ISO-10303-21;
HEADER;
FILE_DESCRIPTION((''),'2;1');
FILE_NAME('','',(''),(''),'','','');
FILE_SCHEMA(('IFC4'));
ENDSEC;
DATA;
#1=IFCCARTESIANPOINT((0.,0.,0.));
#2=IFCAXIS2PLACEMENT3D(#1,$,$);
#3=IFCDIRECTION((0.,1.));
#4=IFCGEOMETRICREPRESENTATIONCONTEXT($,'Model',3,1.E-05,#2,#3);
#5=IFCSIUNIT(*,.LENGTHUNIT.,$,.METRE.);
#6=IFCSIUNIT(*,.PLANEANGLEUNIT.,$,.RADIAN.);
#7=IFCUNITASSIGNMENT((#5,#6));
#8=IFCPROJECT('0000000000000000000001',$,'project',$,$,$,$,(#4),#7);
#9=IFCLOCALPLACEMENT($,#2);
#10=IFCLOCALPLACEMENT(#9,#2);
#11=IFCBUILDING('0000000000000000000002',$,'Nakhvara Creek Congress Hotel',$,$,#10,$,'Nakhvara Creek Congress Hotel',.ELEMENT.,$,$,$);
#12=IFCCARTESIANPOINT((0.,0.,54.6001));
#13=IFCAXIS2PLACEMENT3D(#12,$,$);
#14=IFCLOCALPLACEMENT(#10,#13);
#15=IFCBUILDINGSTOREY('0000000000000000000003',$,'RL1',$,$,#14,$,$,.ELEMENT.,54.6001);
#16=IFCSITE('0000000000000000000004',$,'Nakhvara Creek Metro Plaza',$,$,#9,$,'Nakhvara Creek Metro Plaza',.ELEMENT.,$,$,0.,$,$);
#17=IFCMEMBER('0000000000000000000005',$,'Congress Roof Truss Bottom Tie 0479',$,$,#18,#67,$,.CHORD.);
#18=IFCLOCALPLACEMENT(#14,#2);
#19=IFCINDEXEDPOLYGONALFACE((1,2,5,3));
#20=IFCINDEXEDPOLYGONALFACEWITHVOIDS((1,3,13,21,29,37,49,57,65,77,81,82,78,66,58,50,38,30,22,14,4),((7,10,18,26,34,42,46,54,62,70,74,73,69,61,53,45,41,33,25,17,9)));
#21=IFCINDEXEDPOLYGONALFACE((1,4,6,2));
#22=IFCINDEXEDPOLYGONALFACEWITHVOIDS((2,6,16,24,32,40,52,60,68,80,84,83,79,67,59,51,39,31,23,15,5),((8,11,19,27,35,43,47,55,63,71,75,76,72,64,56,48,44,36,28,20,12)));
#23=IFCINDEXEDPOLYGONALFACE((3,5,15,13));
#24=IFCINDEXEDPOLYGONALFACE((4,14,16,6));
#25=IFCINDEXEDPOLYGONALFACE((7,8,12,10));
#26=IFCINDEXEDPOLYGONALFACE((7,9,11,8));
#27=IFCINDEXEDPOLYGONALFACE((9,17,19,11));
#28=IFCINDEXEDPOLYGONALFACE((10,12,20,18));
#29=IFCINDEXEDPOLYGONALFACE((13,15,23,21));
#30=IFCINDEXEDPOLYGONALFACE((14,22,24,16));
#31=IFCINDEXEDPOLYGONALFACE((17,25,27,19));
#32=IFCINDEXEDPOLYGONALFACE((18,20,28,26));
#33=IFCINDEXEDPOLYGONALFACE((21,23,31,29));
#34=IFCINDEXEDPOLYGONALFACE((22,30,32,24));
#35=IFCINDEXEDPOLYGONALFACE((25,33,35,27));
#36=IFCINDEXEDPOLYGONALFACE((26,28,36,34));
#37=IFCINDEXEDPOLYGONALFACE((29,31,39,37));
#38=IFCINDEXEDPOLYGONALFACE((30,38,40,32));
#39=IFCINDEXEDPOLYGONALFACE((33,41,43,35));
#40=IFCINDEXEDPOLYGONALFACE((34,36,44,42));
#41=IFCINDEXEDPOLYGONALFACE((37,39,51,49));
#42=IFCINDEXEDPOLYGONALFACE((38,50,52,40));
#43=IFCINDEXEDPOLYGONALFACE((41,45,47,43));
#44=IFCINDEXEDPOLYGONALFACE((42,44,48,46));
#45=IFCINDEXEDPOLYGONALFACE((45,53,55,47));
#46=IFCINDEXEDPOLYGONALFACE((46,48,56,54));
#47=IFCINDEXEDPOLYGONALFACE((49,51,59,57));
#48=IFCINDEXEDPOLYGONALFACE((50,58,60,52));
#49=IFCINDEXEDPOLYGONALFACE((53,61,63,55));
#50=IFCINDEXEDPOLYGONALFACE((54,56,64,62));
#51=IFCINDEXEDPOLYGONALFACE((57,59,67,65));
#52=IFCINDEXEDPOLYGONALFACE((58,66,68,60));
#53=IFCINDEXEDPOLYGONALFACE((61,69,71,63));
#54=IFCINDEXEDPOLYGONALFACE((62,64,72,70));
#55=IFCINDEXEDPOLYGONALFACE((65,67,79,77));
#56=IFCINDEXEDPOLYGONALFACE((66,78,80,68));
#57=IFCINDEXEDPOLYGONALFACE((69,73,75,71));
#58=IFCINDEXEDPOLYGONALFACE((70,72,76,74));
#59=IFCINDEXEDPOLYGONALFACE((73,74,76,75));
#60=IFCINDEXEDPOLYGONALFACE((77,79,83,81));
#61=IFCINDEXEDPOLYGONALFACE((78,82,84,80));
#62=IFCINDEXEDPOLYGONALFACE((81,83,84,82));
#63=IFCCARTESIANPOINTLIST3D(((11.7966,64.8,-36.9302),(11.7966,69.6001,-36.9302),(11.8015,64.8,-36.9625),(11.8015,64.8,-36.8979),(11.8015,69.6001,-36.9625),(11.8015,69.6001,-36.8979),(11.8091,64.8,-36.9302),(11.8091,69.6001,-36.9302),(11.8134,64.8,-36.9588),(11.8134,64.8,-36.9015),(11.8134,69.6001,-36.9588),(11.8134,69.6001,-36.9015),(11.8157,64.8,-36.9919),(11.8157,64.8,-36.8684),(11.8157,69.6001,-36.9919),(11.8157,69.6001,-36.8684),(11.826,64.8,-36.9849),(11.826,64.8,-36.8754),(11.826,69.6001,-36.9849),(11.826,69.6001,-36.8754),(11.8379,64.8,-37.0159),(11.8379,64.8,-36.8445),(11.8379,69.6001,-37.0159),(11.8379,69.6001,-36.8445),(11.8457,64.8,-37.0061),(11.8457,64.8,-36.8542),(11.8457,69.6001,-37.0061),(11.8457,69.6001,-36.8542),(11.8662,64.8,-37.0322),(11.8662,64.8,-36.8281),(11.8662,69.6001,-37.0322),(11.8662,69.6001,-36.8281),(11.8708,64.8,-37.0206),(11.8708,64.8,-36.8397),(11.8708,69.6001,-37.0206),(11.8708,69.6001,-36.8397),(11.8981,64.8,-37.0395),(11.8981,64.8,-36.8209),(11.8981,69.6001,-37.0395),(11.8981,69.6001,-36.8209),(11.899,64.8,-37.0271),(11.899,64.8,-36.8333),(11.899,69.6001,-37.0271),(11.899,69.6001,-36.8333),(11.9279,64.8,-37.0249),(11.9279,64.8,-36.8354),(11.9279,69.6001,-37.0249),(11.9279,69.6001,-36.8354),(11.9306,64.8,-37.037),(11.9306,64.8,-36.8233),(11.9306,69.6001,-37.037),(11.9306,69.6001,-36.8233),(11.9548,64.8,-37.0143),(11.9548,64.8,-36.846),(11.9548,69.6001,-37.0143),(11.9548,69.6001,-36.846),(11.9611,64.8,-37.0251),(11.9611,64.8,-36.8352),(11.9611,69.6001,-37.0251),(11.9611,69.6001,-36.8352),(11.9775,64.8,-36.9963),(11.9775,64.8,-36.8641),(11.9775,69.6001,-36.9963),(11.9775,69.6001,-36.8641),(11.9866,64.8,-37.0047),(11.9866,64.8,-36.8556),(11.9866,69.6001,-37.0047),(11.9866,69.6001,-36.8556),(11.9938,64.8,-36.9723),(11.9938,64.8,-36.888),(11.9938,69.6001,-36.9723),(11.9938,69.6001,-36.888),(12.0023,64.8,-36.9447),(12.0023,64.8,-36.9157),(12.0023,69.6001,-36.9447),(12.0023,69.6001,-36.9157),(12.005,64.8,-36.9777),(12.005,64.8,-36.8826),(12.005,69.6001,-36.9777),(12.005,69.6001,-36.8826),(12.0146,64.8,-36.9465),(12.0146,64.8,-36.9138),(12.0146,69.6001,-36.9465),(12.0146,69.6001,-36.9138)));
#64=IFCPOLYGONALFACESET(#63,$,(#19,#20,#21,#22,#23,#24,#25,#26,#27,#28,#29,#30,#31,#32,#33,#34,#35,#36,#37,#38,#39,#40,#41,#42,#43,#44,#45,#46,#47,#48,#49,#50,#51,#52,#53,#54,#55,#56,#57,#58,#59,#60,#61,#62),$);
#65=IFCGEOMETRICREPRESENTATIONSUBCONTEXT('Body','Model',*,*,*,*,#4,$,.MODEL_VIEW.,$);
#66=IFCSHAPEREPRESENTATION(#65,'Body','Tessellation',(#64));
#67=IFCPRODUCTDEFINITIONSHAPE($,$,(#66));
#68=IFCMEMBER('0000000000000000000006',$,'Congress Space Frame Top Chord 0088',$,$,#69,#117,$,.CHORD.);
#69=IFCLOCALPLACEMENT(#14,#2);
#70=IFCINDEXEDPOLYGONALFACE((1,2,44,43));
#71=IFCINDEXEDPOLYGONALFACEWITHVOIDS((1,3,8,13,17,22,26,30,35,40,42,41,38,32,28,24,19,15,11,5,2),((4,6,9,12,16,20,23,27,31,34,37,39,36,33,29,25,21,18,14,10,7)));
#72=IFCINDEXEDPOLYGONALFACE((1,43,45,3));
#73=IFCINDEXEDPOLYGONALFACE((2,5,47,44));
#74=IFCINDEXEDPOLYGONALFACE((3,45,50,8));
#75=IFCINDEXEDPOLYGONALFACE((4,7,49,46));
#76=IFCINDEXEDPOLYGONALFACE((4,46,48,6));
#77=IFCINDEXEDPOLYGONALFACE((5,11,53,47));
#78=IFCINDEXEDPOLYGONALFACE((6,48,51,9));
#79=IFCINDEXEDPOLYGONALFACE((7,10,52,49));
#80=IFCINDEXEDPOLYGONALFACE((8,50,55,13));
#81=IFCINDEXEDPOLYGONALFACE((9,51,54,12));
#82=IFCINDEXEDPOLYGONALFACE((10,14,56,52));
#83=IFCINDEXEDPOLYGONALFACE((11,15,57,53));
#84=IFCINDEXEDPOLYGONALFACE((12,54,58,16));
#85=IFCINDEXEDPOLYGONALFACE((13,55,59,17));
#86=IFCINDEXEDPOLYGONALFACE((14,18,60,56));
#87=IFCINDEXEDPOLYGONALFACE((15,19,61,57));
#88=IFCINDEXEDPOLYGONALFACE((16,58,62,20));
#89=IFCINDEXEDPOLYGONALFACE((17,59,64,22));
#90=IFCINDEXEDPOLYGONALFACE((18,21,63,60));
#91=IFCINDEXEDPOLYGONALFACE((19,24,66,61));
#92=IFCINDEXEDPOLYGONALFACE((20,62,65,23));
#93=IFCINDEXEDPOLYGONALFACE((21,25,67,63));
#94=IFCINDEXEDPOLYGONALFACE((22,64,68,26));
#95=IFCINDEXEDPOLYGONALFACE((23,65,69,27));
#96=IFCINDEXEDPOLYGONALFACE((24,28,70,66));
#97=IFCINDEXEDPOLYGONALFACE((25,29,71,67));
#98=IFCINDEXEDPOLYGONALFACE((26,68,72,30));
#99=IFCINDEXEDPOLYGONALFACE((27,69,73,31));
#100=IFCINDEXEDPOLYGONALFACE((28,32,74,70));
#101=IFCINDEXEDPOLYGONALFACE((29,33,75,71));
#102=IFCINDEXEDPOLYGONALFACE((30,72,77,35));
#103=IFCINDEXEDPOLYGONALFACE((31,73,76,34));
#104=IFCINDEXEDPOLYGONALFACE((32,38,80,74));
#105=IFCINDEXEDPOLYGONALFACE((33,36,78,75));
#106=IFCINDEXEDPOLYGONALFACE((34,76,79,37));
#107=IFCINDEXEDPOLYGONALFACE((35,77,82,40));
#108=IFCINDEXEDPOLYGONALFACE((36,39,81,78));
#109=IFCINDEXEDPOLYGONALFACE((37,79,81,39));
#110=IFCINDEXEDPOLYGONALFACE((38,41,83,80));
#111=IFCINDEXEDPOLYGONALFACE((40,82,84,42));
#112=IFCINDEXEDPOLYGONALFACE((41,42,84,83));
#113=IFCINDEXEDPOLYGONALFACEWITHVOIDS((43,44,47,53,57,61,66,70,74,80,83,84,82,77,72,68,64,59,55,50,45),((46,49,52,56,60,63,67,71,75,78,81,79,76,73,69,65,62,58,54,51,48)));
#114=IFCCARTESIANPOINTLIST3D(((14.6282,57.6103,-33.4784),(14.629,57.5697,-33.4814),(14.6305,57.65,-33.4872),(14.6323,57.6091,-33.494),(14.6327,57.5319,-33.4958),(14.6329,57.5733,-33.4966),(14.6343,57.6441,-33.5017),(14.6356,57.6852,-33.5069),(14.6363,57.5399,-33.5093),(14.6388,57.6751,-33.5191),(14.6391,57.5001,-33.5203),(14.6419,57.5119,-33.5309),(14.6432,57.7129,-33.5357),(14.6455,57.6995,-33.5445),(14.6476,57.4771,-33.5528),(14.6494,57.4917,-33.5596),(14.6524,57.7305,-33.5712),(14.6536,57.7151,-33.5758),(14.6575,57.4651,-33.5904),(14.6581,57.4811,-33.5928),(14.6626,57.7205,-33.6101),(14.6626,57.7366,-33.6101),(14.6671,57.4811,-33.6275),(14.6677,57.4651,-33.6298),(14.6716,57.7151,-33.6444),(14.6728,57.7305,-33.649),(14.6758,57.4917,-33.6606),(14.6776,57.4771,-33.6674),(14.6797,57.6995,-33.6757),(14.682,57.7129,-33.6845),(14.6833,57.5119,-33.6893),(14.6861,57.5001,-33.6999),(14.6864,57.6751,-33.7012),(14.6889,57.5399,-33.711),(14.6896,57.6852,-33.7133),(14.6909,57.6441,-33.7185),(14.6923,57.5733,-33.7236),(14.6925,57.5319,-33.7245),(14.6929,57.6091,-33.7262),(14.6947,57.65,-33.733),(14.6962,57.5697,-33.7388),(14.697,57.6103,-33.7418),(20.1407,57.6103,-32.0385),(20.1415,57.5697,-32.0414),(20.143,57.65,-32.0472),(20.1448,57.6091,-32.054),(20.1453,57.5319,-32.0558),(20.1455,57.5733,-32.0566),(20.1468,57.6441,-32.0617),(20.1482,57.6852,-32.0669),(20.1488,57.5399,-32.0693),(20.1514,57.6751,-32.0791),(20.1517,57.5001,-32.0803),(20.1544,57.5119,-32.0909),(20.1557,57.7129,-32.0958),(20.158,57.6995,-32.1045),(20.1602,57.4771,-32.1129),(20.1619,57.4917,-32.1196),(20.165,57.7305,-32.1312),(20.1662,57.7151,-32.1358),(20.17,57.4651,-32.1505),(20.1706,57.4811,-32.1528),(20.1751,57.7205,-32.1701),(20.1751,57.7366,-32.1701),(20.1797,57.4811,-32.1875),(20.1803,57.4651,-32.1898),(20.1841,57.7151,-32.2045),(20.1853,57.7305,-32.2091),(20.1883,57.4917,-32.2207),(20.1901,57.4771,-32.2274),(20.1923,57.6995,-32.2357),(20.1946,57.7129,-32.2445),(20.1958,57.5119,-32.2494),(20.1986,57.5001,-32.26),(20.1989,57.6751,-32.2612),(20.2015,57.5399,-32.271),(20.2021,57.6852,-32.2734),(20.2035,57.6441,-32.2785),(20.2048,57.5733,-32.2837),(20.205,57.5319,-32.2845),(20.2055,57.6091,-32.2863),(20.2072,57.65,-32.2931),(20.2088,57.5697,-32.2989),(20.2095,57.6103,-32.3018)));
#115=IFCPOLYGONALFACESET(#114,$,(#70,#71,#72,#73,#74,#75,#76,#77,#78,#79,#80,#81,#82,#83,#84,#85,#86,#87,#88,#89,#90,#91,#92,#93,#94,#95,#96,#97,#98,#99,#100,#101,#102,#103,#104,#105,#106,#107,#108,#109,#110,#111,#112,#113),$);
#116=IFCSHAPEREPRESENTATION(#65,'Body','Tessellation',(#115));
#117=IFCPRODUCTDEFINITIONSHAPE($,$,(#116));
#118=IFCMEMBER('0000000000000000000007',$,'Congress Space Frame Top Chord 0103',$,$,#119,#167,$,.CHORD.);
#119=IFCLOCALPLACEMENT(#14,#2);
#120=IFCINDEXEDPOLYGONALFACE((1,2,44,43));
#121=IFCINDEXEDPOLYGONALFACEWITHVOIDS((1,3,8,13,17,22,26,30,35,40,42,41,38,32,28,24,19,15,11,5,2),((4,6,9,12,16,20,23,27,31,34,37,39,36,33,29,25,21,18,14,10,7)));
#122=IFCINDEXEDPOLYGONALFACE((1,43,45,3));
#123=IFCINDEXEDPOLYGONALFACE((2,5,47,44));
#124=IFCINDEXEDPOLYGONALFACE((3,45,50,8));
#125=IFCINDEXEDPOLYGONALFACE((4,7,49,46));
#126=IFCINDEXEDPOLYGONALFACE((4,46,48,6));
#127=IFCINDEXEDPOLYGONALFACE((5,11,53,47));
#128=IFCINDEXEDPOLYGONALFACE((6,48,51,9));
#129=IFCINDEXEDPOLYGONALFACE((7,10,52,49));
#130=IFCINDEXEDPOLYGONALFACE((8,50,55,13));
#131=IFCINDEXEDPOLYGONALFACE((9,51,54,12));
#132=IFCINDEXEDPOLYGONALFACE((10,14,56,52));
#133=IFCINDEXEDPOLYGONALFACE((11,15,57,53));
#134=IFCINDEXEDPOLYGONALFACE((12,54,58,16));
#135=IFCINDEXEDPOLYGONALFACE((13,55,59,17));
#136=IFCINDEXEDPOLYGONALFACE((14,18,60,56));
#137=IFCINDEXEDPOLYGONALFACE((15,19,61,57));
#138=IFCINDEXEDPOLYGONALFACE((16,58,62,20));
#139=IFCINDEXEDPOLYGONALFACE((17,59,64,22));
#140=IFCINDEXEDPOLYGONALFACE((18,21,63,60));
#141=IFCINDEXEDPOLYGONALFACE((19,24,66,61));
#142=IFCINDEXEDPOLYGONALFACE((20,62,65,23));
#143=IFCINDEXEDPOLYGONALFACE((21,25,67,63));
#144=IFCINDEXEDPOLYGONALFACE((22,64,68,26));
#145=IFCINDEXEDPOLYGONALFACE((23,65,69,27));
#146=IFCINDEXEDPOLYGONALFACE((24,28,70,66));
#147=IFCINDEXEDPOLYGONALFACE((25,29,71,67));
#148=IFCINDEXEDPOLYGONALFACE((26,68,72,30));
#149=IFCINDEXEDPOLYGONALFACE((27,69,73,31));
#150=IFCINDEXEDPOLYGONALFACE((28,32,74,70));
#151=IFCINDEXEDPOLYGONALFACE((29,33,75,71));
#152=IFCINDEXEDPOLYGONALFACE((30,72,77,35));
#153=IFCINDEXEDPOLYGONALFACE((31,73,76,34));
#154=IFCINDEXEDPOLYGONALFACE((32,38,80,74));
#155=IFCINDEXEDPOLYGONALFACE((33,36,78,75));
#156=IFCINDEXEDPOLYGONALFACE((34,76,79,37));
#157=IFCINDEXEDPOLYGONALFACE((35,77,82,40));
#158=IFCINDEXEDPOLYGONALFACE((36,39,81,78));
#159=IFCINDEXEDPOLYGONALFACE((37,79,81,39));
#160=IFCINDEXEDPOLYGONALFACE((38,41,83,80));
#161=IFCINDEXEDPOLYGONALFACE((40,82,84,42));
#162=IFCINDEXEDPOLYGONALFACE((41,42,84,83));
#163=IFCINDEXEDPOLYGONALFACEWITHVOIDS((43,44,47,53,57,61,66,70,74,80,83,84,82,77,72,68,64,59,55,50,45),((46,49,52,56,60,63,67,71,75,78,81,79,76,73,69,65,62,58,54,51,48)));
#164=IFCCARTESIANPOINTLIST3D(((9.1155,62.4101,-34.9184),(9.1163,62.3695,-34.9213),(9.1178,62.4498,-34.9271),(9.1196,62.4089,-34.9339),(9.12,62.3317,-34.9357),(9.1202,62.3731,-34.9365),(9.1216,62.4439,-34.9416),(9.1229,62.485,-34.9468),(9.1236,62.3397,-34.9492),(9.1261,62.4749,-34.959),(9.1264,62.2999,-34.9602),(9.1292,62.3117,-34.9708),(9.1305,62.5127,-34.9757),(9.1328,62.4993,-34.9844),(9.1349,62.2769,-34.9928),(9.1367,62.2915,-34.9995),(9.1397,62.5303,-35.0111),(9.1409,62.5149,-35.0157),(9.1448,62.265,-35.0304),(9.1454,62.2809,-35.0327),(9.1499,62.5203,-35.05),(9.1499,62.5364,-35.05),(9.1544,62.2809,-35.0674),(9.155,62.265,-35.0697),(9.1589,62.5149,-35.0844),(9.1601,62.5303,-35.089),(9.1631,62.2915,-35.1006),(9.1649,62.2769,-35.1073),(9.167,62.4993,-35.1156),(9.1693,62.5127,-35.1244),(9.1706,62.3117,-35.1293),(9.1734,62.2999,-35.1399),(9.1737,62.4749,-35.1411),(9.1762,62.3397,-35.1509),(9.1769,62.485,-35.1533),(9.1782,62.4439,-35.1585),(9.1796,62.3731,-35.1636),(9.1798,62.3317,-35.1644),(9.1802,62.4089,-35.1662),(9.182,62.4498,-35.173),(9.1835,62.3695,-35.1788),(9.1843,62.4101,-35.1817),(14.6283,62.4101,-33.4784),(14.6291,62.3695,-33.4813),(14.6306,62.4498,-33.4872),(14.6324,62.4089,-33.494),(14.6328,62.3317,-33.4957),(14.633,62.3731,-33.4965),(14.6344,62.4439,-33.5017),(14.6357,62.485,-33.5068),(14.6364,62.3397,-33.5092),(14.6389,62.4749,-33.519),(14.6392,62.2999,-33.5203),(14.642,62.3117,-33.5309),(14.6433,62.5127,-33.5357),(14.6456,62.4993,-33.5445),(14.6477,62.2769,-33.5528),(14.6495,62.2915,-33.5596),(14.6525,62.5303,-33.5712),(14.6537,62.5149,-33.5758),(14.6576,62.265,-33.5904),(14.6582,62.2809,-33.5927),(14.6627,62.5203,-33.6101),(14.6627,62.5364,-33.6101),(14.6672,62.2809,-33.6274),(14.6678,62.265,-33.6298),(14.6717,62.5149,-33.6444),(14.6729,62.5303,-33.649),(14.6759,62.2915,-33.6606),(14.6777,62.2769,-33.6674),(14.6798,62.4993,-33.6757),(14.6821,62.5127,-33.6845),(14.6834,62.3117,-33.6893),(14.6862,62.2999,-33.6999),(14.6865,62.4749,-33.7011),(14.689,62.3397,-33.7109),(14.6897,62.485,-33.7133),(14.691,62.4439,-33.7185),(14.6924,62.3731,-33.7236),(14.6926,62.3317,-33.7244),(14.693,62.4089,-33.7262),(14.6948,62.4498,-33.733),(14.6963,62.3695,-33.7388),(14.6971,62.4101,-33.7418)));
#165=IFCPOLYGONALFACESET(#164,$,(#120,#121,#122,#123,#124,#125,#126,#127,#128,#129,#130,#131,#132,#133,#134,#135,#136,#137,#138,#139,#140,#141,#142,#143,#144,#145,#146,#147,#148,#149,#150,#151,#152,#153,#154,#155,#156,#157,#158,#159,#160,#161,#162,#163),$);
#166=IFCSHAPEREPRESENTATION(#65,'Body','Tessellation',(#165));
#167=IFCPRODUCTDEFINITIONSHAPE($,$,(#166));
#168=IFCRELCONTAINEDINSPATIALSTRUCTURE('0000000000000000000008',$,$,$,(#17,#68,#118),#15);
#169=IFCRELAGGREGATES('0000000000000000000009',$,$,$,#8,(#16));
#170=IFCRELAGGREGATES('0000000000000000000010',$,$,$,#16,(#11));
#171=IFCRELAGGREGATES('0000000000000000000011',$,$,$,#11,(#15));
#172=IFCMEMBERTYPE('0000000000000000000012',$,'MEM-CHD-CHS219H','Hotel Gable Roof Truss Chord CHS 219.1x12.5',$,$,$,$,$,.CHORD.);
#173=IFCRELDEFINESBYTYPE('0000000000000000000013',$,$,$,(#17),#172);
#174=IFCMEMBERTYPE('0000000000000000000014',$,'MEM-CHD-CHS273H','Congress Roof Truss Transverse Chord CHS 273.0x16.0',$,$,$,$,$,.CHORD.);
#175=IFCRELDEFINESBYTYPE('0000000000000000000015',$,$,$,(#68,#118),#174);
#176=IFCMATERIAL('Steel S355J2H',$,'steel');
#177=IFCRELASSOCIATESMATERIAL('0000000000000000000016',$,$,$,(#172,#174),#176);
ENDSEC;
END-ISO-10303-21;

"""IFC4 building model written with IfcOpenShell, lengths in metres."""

from ifc_helpers import new_model, si_unit, direction, frame, origin, origin_2d, place, context, subcontext, project, spatial, hollow_circle, extrude, material, material_profile, profile_set, type_object, element, save


model = new_model("IFC4")

# Units and contexts
model_context = context("Model", 3, precision=1e-05, world=origin(), true_north=direction((0.0, 1.0)))
body_context = subcontext(model_context, "Body", "Model", "MODEL_VIEW")
ifc_project = project(units=[si_unit("LENGTHUNIT", "METRE"), si_unit("PLANEANGLEUNIT", "RADIAN")], contexts=[model_context])

# Site, building, storey
site_placement = place(None, origin())
site = spatial("IfcSite", under=ifc_project, at=site_placement, Name="Nakhvara Creek Metro Plaza", LongName="Nakhvara Creek Metro Plaza", CompositionType="ELEMENT", RefElevation=0.0)
building_placement = place(site_placement, origin())
building = spatial("IfcBuilding", under=site, at=building_placement, Name="Nakhvara Creek Congress Hotel", LongName="Nakhvara Creek Congress Hotel", CompositionType="ELEMENT")
storey_placement = place(building_placement, frame((0.0, 0.0, 54.6001)))
storey = spatial("IfcBuildingStorey", under=building, at=storey_placement, Name="RL1", CompositionType="ELEMENT", Elevation=54.6001)

# Members
ifc_material_1 = material(Name="Steel S355J2H", Category="steel")
ifc_material_profile_1 = material_profile(ifc_material_1, hollow_circle(Radius=0.1096, WallThickness=0.0125, at=origin_2d()), Name="CHS 219.1x12.5", Category="LoadBearing")
ifc_profile_set_1 = profile_set([ifc_material_profile_1], Name="Steel S355J2H")
member_type_1 = type_object("IfcMemberType", Name="MEM-CHD-CHS219H", Description="Hotel Gable Roof Truss Chord CHS 219.1x12.5", PredefinedType="CHORD", material=ifc_profile_set_1)
for number, where, z_axis, x_axis, name in (
    (1, (11.9062, 64.8, -36.9302), (0.0, 1.0, 0.0), (-1.0, 0.0, 0.0), "Congress Roof Truss Bottom Tie 0479"),
):
    element("IfcMember", number, at=place(storey_placement, frame(where, z_axis=z_axis, x_axis=x_axis)), inside=storey, type_object=member_type_1, Name=name, PredefinedType="CHORD", context=body_context, shape_type="SweptSolid", body=[
        extrude(hollow_circle(Radius=0.1096, WallThickness=0.0125, at=origin_2d()), origin(), (0.0, 0.0, 1.0), 4.8),
    ])
ifc_material_profile_2 = material_profile(ifc_material_1, hollow_circle(Radius=0.1365, WallThickness=0.0161, at=origin_2d()), Name="CHS 273.0x16.0", Category="LoadBearing")
ifc_profile_set_2 = profile_set([ifc_material_profile_2], Name="Steel S355J2H")
member_type_2 = type_object("IfcMemberType", Name="MEM-CHD-CHS273H", Description="Congress Roof Truss Transverse Chord CHS 273.0x16.0", PredefinedType="CHORD", material=ifc_profile_set_2)
member_1_placement = place(storey_placement, frame((14.6626, 57.6001, -33.6101), z_axis=(0.967535, 0.0, 0.252736), x_axis=(0.0, 1.0, 0.0)))
element("IfcMember", 2, at=member_1_placement, inside=storey, type_object=member_type_2, Name="Congress Space Frame Top Chord 0088", PredefinedType="CHORD", context=body_context, shape_type="SweptSolid", body=[
    extrude(hollow_circle(Radius=0.1365, WallThickness=0.0161, at=origin_2d()), origin(), (0.0, 0.0, 1.0), 5.6975),
])
for number, where, z_axis, x_axis, name in (
    (3, (9.1499, 62.3999, -35.05), (0.967538, 0.0, 0.252725), (0.0, 1.0, 0.0), "Congress Space Frame Top Chord 0103"),
):
    element("IfcMember", number, at=place(storey_placement, frame(where, z_axis=z_axis, x_axis=x_axis)), inside=storey, type_object=member_type_2, Name=name, PredefinedType="CHORD", context=body_context, shape_type="SweptSolid", body=[
        extrude(hollow_circle(Radius=0.1365, WallThickness=0.0161, at=origin_2d()), origin(), (0.0, 0.0, 1.0), 5.6978),
    ])

save(model, "model.ifc")
